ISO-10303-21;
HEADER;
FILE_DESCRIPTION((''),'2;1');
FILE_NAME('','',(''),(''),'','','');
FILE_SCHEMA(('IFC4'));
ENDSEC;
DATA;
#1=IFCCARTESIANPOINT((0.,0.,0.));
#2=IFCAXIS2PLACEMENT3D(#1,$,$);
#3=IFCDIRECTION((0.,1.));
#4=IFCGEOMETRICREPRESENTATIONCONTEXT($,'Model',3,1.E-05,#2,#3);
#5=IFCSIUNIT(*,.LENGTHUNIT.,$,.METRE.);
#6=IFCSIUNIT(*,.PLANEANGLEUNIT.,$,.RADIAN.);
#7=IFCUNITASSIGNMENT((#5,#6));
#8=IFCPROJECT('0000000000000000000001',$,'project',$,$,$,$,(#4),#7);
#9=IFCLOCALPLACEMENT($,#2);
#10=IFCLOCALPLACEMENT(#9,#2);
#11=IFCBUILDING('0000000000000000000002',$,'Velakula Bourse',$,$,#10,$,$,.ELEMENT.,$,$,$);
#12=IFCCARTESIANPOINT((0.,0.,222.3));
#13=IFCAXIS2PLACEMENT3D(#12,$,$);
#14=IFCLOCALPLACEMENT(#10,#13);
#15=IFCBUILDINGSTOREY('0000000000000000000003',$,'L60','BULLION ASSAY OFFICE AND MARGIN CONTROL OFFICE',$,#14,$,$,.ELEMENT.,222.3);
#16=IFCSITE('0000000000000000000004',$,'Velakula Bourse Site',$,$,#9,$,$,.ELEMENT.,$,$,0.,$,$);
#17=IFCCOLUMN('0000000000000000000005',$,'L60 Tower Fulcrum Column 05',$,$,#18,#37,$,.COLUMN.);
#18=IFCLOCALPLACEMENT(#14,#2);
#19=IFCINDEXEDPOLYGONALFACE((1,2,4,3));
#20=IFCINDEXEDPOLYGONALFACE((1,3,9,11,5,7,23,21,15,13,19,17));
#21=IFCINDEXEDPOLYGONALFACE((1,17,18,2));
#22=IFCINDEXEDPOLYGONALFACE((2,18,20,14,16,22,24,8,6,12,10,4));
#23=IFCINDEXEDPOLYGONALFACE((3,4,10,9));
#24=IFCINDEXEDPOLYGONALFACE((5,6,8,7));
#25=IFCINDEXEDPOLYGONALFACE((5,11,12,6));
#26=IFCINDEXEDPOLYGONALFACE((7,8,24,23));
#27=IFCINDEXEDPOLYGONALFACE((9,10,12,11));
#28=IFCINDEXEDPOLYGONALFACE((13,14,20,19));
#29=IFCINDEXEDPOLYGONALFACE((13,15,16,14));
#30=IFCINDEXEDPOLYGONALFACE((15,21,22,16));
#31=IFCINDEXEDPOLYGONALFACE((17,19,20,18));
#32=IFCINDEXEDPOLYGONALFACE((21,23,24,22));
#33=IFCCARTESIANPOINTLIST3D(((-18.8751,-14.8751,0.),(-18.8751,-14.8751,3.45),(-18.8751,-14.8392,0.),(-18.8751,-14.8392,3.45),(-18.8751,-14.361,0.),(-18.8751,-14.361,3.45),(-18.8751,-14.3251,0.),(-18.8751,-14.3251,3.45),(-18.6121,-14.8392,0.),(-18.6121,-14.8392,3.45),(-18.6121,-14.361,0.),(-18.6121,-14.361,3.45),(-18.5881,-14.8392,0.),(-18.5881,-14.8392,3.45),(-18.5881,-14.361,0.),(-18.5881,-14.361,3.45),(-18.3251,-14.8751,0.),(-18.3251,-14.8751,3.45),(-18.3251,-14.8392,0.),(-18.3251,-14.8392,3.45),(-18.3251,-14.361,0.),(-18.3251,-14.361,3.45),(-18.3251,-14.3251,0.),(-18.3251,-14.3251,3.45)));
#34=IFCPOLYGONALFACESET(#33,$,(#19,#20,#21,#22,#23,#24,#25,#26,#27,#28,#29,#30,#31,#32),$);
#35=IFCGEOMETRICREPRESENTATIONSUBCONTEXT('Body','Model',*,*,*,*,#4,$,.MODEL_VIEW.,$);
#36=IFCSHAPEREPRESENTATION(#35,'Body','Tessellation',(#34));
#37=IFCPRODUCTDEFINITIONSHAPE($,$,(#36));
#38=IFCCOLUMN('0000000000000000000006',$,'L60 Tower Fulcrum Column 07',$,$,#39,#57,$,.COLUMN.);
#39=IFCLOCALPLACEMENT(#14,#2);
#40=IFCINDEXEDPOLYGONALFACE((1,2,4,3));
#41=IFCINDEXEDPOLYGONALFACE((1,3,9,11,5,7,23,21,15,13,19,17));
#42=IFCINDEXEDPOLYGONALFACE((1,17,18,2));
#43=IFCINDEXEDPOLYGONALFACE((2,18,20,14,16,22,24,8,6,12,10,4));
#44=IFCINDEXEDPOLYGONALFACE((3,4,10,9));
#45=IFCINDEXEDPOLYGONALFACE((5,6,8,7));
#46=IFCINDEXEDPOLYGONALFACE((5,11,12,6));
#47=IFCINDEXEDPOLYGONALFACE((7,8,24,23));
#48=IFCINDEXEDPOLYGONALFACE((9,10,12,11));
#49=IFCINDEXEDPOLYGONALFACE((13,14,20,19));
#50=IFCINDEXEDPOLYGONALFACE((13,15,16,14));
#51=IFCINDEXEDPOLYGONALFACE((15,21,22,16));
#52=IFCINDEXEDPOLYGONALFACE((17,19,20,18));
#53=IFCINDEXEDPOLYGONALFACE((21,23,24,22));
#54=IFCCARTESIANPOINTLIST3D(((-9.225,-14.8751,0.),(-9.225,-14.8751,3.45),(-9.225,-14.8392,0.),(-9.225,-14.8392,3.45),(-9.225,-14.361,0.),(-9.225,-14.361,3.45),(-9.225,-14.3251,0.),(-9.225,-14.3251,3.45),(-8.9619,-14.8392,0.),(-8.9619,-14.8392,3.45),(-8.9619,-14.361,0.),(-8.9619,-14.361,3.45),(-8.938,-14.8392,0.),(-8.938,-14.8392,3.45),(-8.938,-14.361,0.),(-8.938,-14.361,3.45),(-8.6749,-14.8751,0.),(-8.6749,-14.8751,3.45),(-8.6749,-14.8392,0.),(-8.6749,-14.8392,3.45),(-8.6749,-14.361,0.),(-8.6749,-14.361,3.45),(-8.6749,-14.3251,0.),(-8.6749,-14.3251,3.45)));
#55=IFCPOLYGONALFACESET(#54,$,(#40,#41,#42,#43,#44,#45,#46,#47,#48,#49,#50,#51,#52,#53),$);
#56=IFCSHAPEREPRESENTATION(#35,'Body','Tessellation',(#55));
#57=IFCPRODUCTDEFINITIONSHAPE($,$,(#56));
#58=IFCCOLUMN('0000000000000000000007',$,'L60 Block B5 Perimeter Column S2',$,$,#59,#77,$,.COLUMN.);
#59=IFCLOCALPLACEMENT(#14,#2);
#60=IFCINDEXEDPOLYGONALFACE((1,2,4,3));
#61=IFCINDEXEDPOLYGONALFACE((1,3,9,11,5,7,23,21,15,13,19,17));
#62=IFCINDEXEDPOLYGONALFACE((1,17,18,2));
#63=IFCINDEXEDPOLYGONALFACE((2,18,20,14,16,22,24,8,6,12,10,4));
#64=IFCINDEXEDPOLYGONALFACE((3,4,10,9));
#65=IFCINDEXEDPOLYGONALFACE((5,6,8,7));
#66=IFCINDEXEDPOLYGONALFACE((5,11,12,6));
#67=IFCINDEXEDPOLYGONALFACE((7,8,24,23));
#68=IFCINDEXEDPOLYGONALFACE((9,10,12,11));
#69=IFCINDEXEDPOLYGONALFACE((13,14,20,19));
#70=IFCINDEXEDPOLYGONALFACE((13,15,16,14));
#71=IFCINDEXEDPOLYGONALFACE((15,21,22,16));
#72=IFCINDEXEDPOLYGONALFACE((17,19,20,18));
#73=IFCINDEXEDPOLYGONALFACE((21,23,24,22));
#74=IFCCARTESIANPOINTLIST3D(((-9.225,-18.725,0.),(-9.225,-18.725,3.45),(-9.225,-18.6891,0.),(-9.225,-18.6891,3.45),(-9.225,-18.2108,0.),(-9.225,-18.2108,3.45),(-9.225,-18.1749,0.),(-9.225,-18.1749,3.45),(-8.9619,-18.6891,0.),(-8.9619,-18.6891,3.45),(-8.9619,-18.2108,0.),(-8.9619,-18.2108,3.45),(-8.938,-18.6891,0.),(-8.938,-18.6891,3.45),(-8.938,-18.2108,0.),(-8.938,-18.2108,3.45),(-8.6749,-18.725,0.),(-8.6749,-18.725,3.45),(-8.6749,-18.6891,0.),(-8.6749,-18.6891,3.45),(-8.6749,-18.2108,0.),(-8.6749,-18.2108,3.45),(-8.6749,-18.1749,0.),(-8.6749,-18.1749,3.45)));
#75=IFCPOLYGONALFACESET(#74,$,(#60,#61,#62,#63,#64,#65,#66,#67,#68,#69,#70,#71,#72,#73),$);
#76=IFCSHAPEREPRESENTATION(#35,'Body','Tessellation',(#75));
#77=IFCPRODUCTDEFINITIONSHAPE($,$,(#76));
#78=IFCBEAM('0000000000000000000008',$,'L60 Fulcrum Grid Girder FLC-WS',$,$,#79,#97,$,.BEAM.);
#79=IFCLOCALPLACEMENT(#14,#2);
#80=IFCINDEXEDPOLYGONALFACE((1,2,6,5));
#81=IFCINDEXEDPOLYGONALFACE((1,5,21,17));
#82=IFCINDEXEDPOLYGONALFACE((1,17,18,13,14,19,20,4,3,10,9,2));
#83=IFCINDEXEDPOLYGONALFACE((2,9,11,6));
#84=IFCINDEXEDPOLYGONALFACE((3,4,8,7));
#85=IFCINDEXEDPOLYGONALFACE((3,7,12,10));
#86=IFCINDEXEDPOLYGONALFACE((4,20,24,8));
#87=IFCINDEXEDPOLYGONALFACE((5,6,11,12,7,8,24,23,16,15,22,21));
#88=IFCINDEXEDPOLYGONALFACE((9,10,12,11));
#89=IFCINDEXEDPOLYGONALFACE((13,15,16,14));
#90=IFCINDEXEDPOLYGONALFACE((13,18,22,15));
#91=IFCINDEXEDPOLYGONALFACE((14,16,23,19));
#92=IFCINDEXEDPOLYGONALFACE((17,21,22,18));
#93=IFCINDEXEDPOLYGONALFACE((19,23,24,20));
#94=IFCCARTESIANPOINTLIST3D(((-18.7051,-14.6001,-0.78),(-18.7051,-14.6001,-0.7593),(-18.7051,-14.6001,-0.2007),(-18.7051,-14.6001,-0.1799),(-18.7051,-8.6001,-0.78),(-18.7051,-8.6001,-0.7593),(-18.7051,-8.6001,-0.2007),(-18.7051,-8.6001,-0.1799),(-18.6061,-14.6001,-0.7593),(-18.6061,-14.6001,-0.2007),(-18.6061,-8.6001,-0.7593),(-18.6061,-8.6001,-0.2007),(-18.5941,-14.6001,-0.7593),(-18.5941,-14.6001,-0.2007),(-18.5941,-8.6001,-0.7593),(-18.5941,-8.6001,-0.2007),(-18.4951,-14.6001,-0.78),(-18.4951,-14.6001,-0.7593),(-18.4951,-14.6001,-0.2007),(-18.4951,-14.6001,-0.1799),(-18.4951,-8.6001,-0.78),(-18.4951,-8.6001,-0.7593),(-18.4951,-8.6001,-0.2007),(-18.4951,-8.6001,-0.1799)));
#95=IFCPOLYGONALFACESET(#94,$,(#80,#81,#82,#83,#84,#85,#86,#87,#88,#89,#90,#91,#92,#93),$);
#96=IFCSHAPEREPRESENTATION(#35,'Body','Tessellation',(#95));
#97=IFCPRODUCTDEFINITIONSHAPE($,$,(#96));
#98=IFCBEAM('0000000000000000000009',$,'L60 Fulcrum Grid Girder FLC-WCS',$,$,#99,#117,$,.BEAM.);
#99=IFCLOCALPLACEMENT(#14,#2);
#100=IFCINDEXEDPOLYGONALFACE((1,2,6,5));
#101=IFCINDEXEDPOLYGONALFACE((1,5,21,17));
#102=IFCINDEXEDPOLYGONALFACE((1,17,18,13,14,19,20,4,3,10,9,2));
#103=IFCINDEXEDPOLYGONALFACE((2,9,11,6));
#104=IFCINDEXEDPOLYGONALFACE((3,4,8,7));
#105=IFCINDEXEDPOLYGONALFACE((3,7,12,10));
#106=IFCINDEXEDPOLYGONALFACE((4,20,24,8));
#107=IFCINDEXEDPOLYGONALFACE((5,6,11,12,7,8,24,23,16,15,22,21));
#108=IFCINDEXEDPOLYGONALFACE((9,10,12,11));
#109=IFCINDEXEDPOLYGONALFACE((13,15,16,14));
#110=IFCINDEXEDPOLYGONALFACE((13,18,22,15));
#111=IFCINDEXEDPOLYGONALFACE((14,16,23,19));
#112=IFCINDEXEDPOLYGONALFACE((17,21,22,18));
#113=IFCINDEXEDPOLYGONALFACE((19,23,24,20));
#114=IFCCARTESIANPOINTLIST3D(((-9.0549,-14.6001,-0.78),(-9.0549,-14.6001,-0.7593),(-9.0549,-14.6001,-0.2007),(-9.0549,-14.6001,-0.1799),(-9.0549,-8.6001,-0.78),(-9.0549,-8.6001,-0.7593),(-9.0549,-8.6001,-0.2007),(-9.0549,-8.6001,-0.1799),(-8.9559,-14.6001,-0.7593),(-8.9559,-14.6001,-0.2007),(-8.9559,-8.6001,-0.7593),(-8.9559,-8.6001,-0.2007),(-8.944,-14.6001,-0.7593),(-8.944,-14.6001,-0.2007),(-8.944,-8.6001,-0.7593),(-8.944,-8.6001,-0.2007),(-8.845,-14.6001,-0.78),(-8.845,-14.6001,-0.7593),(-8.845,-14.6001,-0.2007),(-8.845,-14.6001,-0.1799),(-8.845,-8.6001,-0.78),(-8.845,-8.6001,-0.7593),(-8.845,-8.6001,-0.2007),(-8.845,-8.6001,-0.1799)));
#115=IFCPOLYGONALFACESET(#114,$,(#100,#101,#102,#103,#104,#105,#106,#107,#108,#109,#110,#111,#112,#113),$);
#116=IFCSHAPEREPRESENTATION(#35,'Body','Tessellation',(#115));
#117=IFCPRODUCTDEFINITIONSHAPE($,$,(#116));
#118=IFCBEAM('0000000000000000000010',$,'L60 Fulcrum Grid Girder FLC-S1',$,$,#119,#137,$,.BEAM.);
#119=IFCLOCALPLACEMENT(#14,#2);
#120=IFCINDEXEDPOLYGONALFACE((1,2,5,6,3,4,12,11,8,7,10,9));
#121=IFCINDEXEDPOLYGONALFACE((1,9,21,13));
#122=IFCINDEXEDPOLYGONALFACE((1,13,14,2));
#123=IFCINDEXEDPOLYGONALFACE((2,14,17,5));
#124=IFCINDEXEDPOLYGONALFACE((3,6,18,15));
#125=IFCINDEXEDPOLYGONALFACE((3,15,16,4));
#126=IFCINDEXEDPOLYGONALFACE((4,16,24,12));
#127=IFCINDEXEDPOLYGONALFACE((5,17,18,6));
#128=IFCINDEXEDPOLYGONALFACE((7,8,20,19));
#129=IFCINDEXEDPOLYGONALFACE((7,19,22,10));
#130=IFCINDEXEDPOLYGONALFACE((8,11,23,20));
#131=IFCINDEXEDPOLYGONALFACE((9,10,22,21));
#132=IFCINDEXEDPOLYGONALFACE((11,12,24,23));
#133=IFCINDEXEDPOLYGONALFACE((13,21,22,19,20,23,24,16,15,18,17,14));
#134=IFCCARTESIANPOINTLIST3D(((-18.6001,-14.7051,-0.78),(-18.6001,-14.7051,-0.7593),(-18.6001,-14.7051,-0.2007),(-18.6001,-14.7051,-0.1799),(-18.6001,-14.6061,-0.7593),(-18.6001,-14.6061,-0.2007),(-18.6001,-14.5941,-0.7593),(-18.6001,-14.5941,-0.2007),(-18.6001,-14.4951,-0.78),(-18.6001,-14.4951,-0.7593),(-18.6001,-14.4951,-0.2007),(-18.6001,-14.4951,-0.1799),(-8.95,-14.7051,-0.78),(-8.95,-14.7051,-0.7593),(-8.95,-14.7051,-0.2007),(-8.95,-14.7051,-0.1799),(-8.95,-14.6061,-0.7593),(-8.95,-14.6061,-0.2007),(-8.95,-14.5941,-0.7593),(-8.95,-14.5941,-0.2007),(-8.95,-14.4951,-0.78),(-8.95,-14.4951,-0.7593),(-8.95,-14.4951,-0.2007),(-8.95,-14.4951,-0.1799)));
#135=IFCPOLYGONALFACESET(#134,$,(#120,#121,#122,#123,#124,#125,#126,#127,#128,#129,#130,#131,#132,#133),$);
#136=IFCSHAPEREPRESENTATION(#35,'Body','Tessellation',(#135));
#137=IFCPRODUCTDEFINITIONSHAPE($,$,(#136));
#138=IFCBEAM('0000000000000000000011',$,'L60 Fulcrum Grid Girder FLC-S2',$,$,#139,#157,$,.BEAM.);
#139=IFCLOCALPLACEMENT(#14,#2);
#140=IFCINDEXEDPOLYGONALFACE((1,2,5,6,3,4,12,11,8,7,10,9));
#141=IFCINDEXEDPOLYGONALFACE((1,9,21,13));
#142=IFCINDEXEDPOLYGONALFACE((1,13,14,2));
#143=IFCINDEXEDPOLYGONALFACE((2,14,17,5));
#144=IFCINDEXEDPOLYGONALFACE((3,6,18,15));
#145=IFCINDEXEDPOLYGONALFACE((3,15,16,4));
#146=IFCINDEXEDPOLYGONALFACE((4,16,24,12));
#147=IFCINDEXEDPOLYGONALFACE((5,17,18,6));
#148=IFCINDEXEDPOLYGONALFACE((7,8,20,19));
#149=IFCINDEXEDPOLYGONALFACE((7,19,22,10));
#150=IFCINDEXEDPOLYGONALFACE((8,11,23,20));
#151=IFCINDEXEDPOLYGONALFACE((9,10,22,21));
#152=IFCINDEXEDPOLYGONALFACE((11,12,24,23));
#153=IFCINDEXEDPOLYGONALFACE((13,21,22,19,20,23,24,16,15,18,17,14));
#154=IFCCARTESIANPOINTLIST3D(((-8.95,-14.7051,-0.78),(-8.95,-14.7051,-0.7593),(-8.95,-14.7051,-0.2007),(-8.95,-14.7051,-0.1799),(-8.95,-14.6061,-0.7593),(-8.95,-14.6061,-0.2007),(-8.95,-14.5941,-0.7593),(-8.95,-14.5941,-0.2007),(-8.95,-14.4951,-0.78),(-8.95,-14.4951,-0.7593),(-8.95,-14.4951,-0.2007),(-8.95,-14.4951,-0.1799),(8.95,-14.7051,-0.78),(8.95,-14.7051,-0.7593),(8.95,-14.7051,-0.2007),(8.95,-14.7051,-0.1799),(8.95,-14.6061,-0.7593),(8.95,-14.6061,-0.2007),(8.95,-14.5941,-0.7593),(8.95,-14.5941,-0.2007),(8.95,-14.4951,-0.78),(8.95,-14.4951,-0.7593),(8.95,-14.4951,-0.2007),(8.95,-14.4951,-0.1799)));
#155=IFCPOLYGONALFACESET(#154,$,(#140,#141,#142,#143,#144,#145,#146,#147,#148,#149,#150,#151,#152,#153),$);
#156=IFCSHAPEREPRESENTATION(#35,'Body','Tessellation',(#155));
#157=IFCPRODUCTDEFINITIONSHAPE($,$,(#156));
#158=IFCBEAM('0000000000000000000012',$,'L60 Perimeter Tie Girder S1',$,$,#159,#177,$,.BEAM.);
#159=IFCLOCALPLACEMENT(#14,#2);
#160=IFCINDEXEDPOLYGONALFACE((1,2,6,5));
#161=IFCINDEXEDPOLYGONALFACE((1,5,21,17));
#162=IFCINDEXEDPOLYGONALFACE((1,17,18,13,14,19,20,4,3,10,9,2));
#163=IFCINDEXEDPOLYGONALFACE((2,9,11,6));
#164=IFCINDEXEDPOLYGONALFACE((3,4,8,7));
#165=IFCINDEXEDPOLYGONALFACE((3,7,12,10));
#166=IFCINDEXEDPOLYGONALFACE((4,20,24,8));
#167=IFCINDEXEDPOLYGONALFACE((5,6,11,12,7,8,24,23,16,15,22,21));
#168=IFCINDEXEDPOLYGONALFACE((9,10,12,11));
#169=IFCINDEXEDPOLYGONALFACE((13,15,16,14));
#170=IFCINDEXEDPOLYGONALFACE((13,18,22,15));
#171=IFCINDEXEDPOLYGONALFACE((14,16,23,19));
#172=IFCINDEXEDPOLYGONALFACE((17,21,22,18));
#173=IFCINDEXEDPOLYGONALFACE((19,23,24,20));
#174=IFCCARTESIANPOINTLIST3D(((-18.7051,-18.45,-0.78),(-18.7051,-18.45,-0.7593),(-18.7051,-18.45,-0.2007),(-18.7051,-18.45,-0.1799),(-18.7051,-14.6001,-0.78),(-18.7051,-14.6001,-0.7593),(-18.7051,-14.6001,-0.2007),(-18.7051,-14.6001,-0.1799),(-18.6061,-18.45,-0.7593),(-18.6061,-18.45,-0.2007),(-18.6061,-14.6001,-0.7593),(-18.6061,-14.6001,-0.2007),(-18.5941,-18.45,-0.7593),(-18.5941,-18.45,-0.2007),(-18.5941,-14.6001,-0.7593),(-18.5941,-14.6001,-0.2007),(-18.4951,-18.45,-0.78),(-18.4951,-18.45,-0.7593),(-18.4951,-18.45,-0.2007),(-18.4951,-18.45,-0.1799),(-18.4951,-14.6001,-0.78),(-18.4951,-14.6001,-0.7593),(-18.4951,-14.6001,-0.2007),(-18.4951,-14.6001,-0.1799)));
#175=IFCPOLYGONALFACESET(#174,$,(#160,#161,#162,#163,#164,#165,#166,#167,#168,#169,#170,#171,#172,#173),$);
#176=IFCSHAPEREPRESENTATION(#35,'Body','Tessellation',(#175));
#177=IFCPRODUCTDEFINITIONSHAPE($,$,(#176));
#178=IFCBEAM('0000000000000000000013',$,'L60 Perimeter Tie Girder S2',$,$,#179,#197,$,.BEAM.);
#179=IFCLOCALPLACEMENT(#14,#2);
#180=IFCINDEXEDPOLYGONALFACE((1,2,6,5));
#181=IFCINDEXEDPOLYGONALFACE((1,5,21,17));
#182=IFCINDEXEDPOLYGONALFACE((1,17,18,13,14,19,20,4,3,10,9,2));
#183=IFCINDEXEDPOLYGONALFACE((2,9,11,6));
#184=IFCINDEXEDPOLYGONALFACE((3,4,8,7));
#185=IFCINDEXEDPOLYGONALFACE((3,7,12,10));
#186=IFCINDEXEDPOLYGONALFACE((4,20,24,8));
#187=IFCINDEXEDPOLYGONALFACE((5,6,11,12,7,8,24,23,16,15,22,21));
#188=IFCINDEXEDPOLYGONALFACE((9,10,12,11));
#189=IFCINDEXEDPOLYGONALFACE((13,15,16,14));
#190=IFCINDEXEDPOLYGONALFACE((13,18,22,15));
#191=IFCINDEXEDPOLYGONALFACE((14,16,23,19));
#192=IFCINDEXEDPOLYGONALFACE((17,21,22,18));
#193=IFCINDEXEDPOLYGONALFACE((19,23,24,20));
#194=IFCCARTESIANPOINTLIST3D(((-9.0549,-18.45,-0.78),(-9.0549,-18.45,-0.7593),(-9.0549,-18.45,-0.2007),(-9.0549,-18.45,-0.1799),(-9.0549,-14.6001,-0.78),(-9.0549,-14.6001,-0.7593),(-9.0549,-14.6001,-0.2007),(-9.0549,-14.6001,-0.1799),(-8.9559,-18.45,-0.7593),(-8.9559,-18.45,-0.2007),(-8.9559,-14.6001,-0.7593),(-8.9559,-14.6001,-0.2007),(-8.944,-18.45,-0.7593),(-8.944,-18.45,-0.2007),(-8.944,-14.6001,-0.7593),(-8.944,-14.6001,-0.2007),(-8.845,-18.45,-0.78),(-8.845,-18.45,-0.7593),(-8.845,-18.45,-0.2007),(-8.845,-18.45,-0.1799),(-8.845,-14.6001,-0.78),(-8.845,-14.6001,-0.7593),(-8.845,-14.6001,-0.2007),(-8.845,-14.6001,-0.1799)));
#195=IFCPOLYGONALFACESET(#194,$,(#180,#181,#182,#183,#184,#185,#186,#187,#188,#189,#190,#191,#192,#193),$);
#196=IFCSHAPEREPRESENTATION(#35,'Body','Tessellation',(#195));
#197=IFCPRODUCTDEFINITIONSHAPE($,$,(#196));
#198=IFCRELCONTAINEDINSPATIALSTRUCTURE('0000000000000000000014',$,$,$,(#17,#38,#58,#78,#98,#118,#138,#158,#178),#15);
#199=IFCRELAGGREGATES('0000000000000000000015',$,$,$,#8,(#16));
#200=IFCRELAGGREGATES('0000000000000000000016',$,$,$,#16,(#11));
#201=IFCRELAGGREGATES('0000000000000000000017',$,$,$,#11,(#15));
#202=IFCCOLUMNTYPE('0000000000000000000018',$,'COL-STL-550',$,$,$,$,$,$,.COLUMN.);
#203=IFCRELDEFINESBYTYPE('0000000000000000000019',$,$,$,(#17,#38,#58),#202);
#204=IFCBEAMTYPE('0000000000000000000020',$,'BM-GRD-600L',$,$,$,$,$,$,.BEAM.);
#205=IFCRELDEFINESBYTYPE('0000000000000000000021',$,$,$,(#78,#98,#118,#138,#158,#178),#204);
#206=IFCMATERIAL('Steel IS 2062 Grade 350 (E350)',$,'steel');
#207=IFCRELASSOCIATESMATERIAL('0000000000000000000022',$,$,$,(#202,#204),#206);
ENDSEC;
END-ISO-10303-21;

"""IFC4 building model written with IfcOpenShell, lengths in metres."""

from ifc_helpers import new_model, si_unit, direction, frame, origin, origin_2d, place, context, subcontext, project, spatial, i_section, extrude, material, material_profile, profile_set, type_object, element, save


model = new_model("IFC4")

# Units and contexts
model_context = context("Model", 3, precision=1e-05, world=origin(), true_north=direction((0.0, 1.0)))
body_context = subcontext(model_context, "Body", "Model", "MODEL_VIEW")
ifc_project = project(units=[si_unit("LENGTHUNIT", "METRE"), si_unit("PLANEANGLEUNIT", "RADIAN")], contexts=[model_context])

# Site, building, storey
site_placement = place(None, origin())
site = spatial("IfcSite", under=ifc_project, at=site_placement, Name="Velakula Bourse Site", CompositionType="ELEMENT", RefElevation=0.0)
building_placement = place(site_placement, origin())
building = spatial("IfcBuilding", under=site, at=building_placement, Name="Velakula Bourse", CompositionType="ELEMENT")
storey_placement = place(building_placement, frame((0.0, 0.0, 222.3)))
storey = spatial("IfcBuildingStorey", under=building, at=storey_placement, Name="L60", Description="BULLION ASSAY OFFICE AND MARGIN CONTROL OFFICE", CompositionType="ELEMENT", Elevation=222.3)

# Columns
ifc_material_1 = material(Name="Steel IS 2062 Grade 350 (E350)", Category="steel")
ifc_material_profile_1 = material_profile(ifc_material_1, i_section(OverallWidth=0.55, OverallDepth=0.55, WebThickness=0.0239, FlangeThickness=0.0359, at=origin_2d()), Name="Steel IS 2062 Grade 350 (E350)")
ifc_profile_set_1 = profile_set([ifc_material_profile_1], Name="Steel IS 2062 Grade 350 (E350)")
column_type = type_object("IfcColumnType", Name="COL-STL-550", PredefinedType="COLUMN", material=ifc_profile_set_1)
for number, where, z_axis, x_axis, name in (
    (1, (-18.6001, -14.6001, 0.0), (0.0, 0.0, 1.0), (1.0, 0.0, 0.0), "L60 Tower Fulcrum Column 05"),
    (2, (-8.95, -14.6001, 0.0), (0.0, 0.0, 1.0), (1.0, 0.0, 0.0), "L60 Tower Fulcrum Column 07"),
    (3, (-8.95, -18.45, 0.0), (0.0, 0.0, 1.0), (1.0, 0.0, 0.0), "L60 Block B5 Perimeter Column S2"),
):
    element("IfcColumn", number, at=place(storey_placement, frame(where, z_axis=z_axis, x_axis=x_axis)), inside=storey, type_object=column_type, Name=name, PredefinedType="COLUMN", context=body_context, shape_type="SweptSolid", body=[
        extrude(i_section(OverallWidth=0.55, OverallDepth=0.55, WebThickness=0.0239, FlangeThickness=0.0359, at=origin_2d()), origin(), (0.0, 0.0, 1.0), 3.45),
    ])

# Beams
ifc_material_profile_2 = material_profile(ifc_material_1, i_section(OverallWidth=0.21, OverallDepth=0.6001, WebThickness=0.012, FlangeThickness=0.0208, at=origin_2d()), Name="Steel IS 2062 Grade 350 (E350)")
ifc_profile_set_2 = profile_set([ifc_material_profile_2], Name="Steel IS 2062 Grade 350 (E350)")
beam_type_1 = type_object("IfcBeamType", Name="BM-GRD-600L", PredefinedType="BEAM", material=ifc_profile_set_2)
for number, where, z_axis, x_axis, name in (
    (4, (-18.6001, -14.6001, -0.48), (0.0, 1.0, 0.0), (-1.0, 0.0, 0.0), "L60 Fulcrum Grid Girder FLC-WS"),
    (5, (-8.95, -14.6001, -0.48), (0.0, 1.0, 0.0), (-1.0, 0.0, 0.0), "L60 Fulcrum Grid Girder FLC-WCS"),
):
    element("IfcBeam", number, at=place(storey_placement, frame(where, z_axis=z_axis, x_axis=x_axis)), inside=storey, type_object=beam_type_1, Name=name, PredefinedType="BEAM", context=body_context, shape_type="SweptSolid", body=[
        extrude(i_section(OverallWidth=0.21, OverallDepth=0.6001, WebThickness=0.012, FlangeThickness=0.0208, at=origin_2d()), origin(), (0.0, 0.0, 1.0), 6.0),
    ])
beam_1_placement = place(storey_placement, frame((-18.6001, -14.6001, -0.48), z_axis=(1.0, 0.0, 0.0), x_axis=(0.0, 1.0, 0.0)))
element("IfcBeam", 6, at=beam_1_placement, inside=storey, type_object=beam_type_1, Name="L60 Fulcrum Grid Girder FLC-S1", PredefinedType="BEAM", context=body_context, shape_type="SweptSolid", body=[
    extrude(i_section(OverallWidth=0.21, OverallDepth=0.6001, WebThickness=0.012, FlangeThickness=0.0208, at=origin_2d()), origin(), (0.0, 0.0, 1.0), 9.6501),
])
beam_2_placement = place(storey_placement, frame((-8.95, -14.6001, -0.48), z_axis=(1.0, 0.0, 0.0), x_axis=(0.0, 1.0, 0.0)))
element("IfcBeam", 7, at=beam_2_placement, inside=storey, type_object=beam_type_1, Name="L60 Fulcrum Grid Girder FLC-S2", PredefinedType="BEAM", context=body_context, shape_type="SweptSolid", body=[
    extrude(i_section(OverallWidth=0.21, OverallDepth=0.6001, WebThickness=0.012, FlangeThickness=0.0208, at=origin_2d()), origin(), (0.0, 0.0, 1.0), 17.8999),
])
for number, where, z_axis, x_axis, name in (
    (8, (-18.6001, -14.6001, -0.48), (0.0, -1.0, 0.0), (1.0, 0.0, 0.0), "L60 Perimeter Tie Girder S1"),
    (9, (-8.95, -14.6001, -0.48), (0.0, -1.0, 0.0), (1.0, 0.0, 0.0), "L60 Perimeter Tie Girder S2"),
):
    element("IfcBeam", number, at=place(storey_placement, frame(where, z_axis=z_axis, x_axis=x_axis)), inside=storey, type_object=beam_type_1, Name=name, PredefinedType="BEAM", context=body_context, shape_type="SweptSolid", body=[
        extrude(i_section(OverallWidth=0.21, OverallDepth=0.6001, WebThickness=0.012, FlangeThickness=0.0208, at=origin_2d()), origin(), (0.0, 0.0, 1.0), 3.8499),
    ])

save(model, "model.ifc")
